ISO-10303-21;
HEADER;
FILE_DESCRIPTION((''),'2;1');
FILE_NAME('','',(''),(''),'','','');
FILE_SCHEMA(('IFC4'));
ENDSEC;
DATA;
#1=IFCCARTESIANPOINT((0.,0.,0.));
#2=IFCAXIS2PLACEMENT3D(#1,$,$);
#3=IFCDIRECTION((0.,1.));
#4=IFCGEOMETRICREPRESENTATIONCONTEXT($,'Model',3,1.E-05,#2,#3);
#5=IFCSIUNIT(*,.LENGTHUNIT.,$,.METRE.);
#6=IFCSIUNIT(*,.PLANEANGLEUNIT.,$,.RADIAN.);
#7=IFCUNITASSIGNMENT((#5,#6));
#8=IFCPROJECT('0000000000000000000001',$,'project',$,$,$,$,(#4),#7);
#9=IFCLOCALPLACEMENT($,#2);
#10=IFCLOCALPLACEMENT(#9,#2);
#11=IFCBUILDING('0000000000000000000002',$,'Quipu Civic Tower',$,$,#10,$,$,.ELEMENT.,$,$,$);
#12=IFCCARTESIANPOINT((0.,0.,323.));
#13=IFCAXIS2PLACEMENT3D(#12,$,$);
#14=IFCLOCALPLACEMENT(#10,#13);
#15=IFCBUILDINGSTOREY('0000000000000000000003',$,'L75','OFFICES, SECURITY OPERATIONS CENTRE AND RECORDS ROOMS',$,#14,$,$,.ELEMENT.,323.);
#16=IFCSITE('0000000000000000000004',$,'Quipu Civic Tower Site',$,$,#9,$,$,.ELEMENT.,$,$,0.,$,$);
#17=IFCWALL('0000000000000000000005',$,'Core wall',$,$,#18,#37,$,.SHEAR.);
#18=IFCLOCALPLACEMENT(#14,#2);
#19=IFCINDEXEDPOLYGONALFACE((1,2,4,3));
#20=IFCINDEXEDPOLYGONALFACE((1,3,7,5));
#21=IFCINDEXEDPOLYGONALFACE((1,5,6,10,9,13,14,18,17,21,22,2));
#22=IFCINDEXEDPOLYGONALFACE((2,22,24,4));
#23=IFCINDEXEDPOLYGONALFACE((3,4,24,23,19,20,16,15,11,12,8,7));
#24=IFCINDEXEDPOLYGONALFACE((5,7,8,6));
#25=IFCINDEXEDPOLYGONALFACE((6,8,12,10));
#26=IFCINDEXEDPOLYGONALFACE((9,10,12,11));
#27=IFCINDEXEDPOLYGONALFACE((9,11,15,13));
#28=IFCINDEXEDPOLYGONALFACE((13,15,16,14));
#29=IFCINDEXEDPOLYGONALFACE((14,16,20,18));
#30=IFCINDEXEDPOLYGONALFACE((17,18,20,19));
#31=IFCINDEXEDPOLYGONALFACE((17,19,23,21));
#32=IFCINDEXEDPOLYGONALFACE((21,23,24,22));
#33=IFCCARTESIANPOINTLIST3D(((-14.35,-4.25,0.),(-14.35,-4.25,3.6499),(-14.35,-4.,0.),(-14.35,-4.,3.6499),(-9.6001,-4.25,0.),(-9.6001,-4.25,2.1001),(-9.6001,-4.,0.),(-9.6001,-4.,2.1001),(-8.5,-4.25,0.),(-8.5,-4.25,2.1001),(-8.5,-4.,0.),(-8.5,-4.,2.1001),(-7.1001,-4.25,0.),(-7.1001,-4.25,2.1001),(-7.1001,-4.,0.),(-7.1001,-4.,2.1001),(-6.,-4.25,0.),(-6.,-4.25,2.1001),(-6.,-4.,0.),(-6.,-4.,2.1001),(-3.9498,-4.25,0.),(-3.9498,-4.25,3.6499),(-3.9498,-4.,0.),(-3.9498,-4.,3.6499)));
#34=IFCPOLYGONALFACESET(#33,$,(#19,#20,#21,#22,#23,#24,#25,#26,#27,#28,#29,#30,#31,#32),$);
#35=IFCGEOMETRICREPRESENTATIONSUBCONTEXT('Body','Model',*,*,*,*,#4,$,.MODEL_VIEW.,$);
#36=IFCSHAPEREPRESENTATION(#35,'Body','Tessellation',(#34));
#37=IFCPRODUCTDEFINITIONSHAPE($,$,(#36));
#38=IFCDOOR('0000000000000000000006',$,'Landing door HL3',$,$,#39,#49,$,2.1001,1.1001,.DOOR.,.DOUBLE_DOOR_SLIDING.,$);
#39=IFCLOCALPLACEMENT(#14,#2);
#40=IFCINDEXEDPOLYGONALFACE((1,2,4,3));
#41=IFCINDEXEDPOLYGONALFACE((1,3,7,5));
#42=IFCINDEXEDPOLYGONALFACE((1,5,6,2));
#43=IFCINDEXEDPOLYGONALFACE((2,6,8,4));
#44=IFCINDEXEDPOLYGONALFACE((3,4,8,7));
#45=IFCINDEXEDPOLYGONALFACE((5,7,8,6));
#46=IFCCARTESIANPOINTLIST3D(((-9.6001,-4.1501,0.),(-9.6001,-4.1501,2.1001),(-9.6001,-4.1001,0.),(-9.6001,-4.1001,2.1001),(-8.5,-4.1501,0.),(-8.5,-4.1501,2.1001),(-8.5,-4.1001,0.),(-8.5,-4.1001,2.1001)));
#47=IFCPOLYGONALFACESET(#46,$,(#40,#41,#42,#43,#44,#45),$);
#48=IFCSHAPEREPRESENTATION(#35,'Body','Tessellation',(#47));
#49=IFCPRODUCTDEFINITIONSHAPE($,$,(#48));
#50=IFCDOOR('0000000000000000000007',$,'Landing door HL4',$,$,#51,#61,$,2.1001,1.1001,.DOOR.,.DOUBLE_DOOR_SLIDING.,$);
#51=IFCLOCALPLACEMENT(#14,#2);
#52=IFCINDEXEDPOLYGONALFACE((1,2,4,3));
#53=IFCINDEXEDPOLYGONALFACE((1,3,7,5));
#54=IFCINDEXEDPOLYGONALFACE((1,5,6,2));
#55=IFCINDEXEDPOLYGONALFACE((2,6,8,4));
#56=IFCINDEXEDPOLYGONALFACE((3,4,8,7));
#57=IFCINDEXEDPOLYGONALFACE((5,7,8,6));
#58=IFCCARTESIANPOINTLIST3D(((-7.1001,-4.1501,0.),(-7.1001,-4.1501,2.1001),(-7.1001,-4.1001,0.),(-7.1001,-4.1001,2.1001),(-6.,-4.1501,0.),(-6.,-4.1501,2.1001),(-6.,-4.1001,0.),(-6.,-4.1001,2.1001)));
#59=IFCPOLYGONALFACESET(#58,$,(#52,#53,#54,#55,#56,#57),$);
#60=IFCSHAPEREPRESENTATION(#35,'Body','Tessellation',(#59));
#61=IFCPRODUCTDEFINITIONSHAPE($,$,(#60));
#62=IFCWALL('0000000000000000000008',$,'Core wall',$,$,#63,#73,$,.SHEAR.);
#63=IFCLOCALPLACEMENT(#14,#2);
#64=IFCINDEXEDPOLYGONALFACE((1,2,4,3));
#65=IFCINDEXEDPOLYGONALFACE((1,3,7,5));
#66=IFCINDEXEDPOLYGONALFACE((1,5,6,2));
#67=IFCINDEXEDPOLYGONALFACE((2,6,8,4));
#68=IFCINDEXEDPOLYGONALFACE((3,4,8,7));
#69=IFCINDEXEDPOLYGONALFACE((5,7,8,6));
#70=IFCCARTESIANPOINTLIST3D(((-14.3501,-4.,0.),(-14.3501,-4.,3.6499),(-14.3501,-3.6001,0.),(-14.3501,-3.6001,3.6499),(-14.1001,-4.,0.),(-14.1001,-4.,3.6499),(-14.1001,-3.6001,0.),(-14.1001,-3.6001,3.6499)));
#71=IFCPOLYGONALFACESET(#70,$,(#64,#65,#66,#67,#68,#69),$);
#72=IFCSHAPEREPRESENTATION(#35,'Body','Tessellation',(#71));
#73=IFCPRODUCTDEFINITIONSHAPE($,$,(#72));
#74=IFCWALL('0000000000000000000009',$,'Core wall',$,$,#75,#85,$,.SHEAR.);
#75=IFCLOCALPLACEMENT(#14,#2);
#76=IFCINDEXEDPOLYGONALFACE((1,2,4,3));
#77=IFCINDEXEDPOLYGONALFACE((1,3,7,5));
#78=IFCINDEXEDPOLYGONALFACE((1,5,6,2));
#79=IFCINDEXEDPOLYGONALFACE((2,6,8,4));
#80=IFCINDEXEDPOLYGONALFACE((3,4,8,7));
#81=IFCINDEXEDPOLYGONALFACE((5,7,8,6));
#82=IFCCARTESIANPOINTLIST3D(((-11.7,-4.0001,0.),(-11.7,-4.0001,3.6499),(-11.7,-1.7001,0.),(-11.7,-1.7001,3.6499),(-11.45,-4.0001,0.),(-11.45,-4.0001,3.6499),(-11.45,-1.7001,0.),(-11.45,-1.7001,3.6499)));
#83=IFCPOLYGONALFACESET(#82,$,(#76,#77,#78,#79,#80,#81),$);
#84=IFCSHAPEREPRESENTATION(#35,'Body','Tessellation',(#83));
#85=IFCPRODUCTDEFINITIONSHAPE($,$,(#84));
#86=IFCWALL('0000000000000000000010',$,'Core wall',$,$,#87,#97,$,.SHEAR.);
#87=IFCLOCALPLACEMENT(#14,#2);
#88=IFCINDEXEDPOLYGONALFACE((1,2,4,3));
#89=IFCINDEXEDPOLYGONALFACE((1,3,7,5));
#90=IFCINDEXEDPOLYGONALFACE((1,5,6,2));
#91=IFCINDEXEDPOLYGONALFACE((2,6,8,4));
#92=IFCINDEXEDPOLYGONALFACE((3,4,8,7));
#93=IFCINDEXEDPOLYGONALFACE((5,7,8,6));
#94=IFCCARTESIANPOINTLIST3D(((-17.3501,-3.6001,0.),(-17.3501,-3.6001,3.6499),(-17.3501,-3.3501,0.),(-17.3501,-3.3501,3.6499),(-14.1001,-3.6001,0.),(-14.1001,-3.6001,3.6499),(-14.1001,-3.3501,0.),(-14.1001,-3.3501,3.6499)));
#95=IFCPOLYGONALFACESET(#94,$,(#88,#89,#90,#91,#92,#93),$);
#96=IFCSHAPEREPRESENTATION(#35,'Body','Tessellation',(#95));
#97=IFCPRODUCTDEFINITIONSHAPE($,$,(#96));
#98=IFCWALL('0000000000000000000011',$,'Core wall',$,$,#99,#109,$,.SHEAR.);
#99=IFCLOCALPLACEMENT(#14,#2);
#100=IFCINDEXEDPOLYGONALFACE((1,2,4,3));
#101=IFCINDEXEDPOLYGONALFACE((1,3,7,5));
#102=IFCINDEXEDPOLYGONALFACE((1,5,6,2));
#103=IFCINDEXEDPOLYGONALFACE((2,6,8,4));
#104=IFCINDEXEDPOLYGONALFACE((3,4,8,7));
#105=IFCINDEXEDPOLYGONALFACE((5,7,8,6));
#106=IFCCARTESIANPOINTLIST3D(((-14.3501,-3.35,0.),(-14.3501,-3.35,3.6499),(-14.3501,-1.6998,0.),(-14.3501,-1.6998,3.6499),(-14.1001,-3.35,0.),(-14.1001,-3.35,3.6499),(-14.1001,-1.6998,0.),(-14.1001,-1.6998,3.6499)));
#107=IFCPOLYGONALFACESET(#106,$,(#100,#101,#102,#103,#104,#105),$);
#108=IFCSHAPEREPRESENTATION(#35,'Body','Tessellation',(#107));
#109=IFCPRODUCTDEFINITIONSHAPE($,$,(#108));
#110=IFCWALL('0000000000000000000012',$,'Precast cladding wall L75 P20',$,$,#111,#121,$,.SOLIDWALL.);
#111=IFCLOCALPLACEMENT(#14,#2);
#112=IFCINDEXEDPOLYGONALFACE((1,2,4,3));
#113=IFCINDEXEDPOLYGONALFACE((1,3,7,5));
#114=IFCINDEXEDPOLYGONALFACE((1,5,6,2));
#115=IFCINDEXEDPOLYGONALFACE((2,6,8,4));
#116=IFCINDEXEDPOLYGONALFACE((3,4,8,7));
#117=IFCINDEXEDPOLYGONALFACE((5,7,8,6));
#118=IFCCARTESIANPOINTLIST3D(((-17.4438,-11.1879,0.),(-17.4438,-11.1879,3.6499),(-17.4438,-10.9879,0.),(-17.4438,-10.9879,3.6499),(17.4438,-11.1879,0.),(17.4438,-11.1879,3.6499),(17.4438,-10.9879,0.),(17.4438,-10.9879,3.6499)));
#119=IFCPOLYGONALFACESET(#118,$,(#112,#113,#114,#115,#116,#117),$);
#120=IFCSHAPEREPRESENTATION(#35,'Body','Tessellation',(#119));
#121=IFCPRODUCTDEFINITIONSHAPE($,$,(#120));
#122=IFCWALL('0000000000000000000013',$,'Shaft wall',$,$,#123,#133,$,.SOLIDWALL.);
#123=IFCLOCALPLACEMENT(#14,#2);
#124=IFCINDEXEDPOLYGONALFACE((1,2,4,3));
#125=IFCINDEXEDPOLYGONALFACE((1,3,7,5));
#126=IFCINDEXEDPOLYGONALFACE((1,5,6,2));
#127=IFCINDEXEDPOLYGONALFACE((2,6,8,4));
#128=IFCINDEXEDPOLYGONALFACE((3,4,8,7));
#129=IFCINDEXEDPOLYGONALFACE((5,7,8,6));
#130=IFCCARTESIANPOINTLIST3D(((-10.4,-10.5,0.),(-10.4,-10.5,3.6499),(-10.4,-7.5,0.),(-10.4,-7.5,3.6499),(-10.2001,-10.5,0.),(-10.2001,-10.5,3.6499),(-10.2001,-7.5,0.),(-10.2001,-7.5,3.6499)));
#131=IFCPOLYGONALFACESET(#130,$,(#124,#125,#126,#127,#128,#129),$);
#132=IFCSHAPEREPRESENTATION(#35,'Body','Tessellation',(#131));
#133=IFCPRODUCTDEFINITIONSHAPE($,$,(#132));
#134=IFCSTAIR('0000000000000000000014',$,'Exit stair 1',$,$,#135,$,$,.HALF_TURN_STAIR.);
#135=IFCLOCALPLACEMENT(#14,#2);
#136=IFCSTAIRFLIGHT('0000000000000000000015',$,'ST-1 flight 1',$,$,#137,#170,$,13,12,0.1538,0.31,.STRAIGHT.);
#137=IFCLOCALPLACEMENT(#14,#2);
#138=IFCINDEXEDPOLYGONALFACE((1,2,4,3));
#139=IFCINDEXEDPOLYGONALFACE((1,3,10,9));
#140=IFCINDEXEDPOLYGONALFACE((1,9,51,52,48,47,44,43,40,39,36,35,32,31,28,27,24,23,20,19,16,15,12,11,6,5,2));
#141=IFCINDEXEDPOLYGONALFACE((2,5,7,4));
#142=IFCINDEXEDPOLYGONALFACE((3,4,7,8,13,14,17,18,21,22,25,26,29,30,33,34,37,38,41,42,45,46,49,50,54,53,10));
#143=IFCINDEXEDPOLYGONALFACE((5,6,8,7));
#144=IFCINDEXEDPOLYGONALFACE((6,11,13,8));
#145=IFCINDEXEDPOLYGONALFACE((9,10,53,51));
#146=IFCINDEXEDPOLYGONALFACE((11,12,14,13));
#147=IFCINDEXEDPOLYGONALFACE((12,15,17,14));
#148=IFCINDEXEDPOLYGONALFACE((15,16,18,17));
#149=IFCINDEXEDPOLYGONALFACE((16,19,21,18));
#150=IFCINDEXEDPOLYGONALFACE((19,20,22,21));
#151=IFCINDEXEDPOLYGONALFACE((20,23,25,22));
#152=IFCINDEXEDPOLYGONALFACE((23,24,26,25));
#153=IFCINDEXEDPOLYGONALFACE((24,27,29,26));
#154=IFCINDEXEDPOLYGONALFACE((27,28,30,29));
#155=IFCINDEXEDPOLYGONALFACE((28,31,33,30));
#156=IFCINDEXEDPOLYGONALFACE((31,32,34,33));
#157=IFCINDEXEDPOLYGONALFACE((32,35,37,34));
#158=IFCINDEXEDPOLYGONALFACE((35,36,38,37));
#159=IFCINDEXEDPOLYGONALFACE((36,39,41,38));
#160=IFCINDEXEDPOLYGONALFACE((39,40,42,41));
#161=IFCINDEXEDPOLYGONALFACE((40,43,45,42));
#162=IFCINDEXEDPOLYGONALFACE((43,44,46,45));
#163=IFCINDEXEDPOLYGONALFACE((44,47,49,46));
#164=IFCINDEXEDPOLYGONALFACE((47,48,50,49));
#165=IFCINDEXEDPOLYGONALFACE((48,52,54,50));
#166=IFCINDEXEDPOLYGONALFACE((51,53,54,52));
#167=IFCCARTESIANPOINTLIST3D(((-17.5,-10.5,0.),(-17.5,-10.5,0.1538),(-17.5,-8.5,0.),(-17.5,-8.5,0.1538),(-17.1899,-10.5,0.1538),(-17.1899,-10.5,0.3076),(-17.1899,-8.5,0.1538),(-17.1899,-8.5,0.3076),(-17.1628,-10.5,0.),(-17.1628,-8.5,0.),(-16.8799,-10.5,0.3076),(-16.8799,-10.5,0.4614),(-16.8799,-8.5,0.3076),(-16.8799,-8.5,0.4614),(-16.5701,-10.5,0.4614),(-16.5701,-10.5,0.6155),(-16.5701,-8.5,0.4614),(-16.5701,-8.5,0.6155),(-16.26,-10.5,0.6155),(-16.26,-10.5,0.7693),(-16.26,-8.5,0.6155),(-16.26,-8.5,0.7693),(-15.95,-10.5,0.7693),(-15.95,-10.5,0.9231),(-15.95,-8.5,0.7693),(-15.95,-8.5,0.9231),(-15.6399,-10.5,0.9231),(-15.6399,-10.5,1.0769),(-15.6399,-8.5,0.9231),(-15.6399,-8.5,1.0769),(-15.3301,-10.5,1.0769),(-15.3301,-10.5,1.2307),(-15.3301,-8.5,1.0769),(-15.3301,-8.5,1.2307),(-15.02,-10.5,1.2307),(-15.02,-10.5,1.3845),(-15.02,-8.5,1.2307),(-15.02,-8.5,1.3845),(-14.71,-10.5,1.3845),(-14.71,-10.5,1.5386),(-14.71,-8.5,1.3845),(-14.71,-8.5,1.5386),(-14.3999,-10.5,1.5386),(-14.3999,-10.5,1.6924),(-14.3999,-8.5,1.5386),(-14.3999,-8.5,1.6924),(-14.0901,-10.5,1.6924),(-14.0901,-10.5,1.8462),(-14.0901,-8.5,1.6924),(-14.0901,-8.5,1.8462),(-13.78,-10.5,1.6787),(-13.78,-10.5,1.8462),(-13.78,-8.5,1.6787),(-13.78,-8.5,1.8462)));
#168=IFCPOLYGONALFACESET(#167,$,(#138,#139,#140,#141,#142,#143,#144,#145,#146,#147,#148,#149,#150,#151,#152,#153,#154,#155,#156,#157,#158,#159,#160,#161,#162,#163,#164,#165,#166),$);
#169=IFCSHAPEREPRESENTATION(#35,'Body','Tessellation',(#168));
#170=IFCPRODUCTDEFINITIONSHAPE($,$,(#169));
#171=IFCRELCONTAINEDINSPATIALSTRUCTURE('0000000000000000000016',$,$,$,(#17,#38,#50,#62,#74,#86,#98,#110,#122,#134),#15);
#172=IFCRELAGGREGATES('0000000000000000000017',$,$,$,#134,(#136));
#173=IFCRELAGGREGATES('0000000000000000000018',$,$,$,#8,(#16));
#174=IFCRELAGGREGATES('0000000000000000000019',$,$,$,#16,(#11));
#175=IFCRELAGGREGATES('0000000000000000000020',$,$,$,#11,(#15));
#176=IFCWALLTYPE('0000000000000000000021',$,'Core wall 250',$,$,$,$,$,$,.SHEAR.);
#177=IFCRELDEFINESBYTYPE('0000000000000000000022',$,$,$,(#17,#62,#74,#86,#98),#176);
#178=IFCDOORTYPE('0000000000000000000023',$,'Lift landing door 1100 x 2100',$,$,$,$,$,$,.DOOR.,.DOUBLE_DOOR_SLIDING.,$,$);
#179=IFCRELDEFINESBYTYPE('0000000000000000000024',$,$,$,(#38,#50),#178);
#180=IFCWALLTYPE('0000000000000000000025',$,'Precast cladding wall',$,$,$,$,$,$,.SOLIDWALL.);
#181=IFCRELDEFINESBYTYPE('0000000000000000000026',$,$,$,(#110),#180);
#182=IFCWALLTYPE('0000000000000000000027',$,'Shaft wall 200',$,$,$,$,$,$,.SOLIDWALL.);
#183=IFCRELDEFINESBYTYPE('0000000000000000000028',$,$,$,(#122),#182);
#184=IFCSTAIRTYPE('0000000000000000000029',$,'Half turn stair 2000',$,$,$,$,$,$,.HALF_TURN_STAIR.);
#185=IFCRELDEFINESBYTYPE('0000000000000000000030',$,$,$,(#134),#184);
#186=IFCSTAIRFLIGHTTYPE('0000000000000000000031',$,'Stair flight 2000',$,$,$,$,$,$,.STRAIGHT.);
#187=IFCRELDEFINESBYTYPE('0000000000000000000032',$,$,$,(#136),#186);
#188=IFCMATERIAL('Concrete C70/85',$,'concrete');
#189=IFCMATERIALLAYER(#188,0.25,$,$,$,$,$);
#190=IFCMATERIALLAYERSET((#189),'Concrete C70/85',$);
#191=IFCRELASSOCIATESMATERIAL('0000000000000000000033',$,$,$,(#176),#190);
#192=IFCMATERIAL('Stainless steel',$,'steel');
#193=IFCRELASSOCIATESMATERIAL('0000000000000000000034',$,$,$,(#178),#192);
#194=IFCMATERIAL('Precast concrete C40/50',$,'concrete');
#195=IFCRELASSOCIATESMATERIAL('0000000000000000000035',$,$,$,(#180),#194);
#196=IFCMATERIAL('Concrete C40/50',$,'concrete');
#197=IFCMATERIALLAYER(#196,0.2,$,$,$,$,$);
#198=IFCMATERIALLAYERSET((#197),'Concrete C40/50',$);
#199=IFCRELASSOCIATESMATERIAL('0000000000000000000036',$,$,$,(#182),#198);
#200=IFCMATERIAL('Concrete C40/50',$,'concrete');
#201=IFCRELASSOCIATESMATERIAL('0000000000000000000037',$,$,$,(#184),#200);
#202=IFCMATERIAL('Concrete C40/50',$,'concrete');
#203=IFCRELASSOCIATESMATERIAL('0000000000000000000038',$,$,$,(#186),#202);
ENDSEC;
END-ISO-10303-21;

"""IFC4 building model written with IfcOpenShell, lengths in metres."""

from ifc_helpers import new_model, si_unit, direction, frame, frame_2d, origin, place, context, subcontext, project, spatial, polyline, rectangle, outline, extrude, material, layer, layer_set, type_object, element, fill, aggregate, save


model = new_model("IFC4")

# Units and contexts
model_context = context("Model", 3, precision=1e-05, world=origin(), true_north=direction((0.0, 1.0)))
body_context = subcontext(model_context, "Body", "Model", "MODEL_VIEW")
ifc_project = project(units=[si_unit("LENGTHUNIT", "METRE"), si_unit("PLANEANGLEUNIT", "RADIAN")], contexts=[model_context])

# Site, building, storey
site_placement = place(None, origin())
site = spatial("IfcSite", under=ifc_project, at=site_placement, Name="Quipu Civic Tower Site", CompositionType="ELEMENT", RefElevation=0.0)
building_placement = place(site_placement, origin())
building = spatial("IfcBuilding", under=site, at=building_placement, Name="Quipu Civic Tower", CompositionType="ELEMENT")
storey_placement = place(building_placement, frame((0.0, 0.0, 323.0)))
storey = spatial("IfcBuildingStorey", under=building, at=storey_placement, Name="L75", Description="OFFICES, SECURITY OPERATIONS CENTRE AND RECORDS ROOMS", CompositionType="ELEMENT", Elevation=323.0)

# Shared definitions
ifc_material_1 = material(Name="Concrete C70/85", Category="concrete")
ifc_layer_1 = layer(ifc_material_1, 0.25)
ifc_layer_set_1 = layer_set([ifc_layer_1], Name="Concrete C70/85")
wall_type_1 = type_object("IfcWallType", Name="Core wall 250", PredefinedType="SHEAR", material=ifc_layer_set_1)

# Wall, openings, doors
wall_1_placement = place(storey_placement, frame((-14.3501, -4.125, 0.0), z_axis=(0.0, 0.0, 1.0), x_axis=(1.0, 0.0, 0.0)))
wall_1 = element("IfcWall", 1, at=wall_1_placement, inside=storey, type_object=wall_type_1, Name="Core wall", PredefinedType="SHEAR", context=body_context, shape_type="SweptSolid", body=[
    extrude(rectangle(XDim=10.4001, YDim=0.25, at=frame_2d((5.2002, 0.0))), origin(), (0.0, 0.0, 1.0), 3.6499),
])
opening_1_placement = place(wall_1_placement, frame((4.75, 0.0, 0.0)))
opening_1 = element("IfcOpeningElement", 2, at=opening_1_placement, cuts=wall_1, PredefinedType="OPENING", context=body_context, shape_type="SweptSolid", body=[
    extrude(rectangle(XDim=1.1001, YDim=2.1001, at=frame_2d((0.55, 1.05))), frame((0.0, 0.135, 0.0), z_axis=(0.0, -1.0, 0.0), x_axis=(1.0, 0.0, 0.0)), (0.0, 0.0, 1.0), 0.27),
])
opening_2_placement = place(wall_1_placement, frame((7.25, 0.0, 0.0)))
opening_2 = element("IfcOpeningElement", 3, at=opening_2_placement, cuts=wall_1, PredefinedType="OPENING", context=body_context, shape_type="SweptSolid", body=[
    extrude(rectangle(XDim=1.1001, YDim=2.1001, at=frame_2d((0.55, 1.05))), frame((0.0, 0.135, 0.0), z_axis=(0.0, -1.0, 0.0), x_axis=(1.0, 0.0, 0.0)), (0.0, 0.0, 1.0), 0.27),
])
ifc_material_2 = material(Name="Stainless steel", Category="steel")
door_type_1 = type_object("IfcDoorType", Name="Lift landing door 1100 x 2100", OperationType="DOUBLE_DOOR_SLIDING", PredefinedType="DOOR", material=ifc_material_2)
door_1_placement = place(opening_1_placement, origin())
door_1 = element("IfcDoor", 4, at=door_1_placement, inside=storey, type_object=door_type_1, Name="Landing door HL3", OperationType="DOUBLE_DOOR_SLIDING", OverallHeight=2.1001, OverallWidth=1.1001, PredefinedType="DOOR", context=body_context, shape_type="SweptSolid", body=[
    extrude(rectangle(XDim=1.1001, YDim=2.1001, at=frame_2d((0.55, 1.05))), frame((0.0, 0.0249, 0.0), z_axis=(0.0, -1.0, 0.0), x_axis=(1.0, 0.0, 0.0)), (0.0, 0.0, 1.0), 0.05),
])
fill(opening_1, door_1)
door_2_placement = place(opening_2_placement, origin())
door_2 = element("IfcDoor", 5, at=door_2_placement, inside=storey, type_object=door_type_1, Name="Landing door HL4", OperationType="DOUBLE_DOOR_SLIDING", OverallHeight=2.1001, OverallWidth=1.1001, PredefinedType="DOOR", context=body_context, shape_type="SweptSolid", body=[
    extrude(rectangle(XDim=1.1001, YDim=2.1001, at=frame_2d((0.55, 1.05))), frame((0.0, 0.0249, 0.0), z_axis=(0.0, -1.0, 0.0), x_axis=(1.0, 0.0, 0.0)), (0.0, 0.0, 1.0), 0.05),
])
fill(opening_2, door_2)

# Walls
wall_2_placement = place(storey_placement, frame((-14.2251, -4.0, 0.0), z_axis=(0.0, 0.0, 1.0), x_axis=(0.0, 1.0, 0.0)))
element("IfcWall", 6, at=wall_2_placement, inside=storey, type_object=wall_type_1, Name="Core wall", PredefinedType="SHEAR", context=body_context, shape_type="SweptSolid", body=[
    extrude(rectangle(XDim=0.3999, YDim=0.25, at=frame_2d((0.2, 0.0))), origin(), (0.0, 0.0, 1.0), 3.6499),
])
wall_3_placement = place(storey_placement, frame((-11.575, -4.0, 0.0), z_axis=(0.0, 0.0, 1.0), x_axis=(0.0, 1.0, 0.0)))
element("IfcWall", 7, at=wall_3_placement, inside=storey, type_object=wall_type_1, Name="Core wall", PredefinedType="SHEAR", context=body_context, shape_type="SweptSolid", body=[
    extrude(rectangle(XDim=2.3, YDim=0.25, at=frame_2d((1.1499, 0.0))), origin(), (0.0, 0.0, 1.0), 3.6499),
])
wall_4_placement = place(storey_placement, frame((-17.3501, -3.4751, 0.0), z_axis=(0.0, 0.0, 1.0), x_axis=(1.0, 0.0, 0.0)))
element("IfcWall", 8, at=wall_4_placement, inside=storey, type_object=wall_type_1, Name="Core wall", PredefinedType="SHEAR", context=body_context, shape_type="SweptSolid", body=[
    extrude(rectangle(XDim=3.25, YDim=0.25, at=frame_2d((1.625, 0.0))), origin(), (0.0, 0.0, 1.0), 3.6499),
])
wall_5_placement = place(storey_placement, frame((-14.2251, -3.3501, 0.0), z_axis=(0.0, 0.0, 1.0), x_axis=(0.0, 1.0, 0.0)))
element("IfcWall", 9, at=wall_5_placement, inside=storey, type_object=wall_type_1, Name="Core wall", PredefinedType="SHEAR", context=body_context, shape_type="SweptSolid", body=[
    extrude(rectangle(XDim=1.6501, YDim=0.25, at=frame_2d((0.8252, 0.0))), origin(), (0.0, 0.0, 1.0), 3.6499),
])
ifc_material_3 = material(Name="Precast concrete C40/50", Category="concrete")
wall_type_2 = type_object("IfcWallType", Name="Precast cladding wall", PredefinedType="SOLIDWALL", material=ifc_material_3)
wall_6_placement = place(storey_placement, frame((-17.4438, -11.0879, 0.0), z_axis=(0.0, 0.0, 1.0), x_axis=(1.0, 0.0, 0.0)))
element("IfcWall", 10, at=wall_6_placement, inside=storey, type_object=wall_type_2, Name="Precast cladding wall L75 P20", PredefinedType="SOLIDWALL", context=body_context, shape_type="SweptSolid", body=[
    extrude(rectangle(XDim=34.8877, YDim=0.2, at=frame_2d((17.4438, 0.0))), origin(), (0.0, 0.0, 1.0), 3.6499),
])
ifc_material_4 = material(Name="Concrete C40/50", Category="concrete")
ifc_layer_2 = layer(ifc_material_4, 0.2)
ifc_layer_set_2 = layer_set([ifc_layer_2], Name="Concrete C40/50")
wall_type_3 = type_object("IfcWallType", Name="Shaft wall 200", PredefinedType="SOLIDWALL", material=ifc_layer_set_2)
wall_7_placement = place(storey_placement, frame((-10.3, -10.5, 0.0), z_axis=(0.0, 0.0, 1.0), x_axis=(0.0, 1.0, 0.0)))
element("IfcWall", 11, at=wall_7_placement, inside=storey, type_object=wall_type_3, Name="Shaft wall", PredefinedType="SOLIDWALL", context=body_context, shape_type="SweptSolid", body=[
    extrude(rectangle(XDim=3.0, YDim=0.2, at=frame_2d((1.5, 0.0))), origin(), (0.0, 0.0, 1.0), 3.6499),
])

# Stair, stair flight
ifc_material_5 = material(Name="Concrete C40/50", Category="concrete")
stair_type = type_object("IfcStairType", Name="Half turn stair 2000", PredefinedType="HALF_TURN_STAIR", material=ifc_material_5)
stair_placement = place(storey_placement, origin())
stair = element("IfcStair", 12, at=stair_placement, inside=storey, type_object=stair_type, Name="Exit stair 1", PredefinedType="HALF_TURN_STAIR")
ifc_material_6 = material(Name="Concrete C40/50", Category="concrete")
stair_flight_type = type_object("IfcStairFlightType", Name="Stair flight 2000", PredefinedType="STRAIGHT", material=ifc_material_6)
stair_flight_1_placement = place(storey_placement, frame((-17.5, -9.5, 0.0), z_axis=(0.0, 0.0, 1.0), x_axis=(1.0, 0.0, 0.0)))
stair_flight_1 = element("IfcStairFlight", 13, at=stair_flight_1_placement, type_object=stair_flight_type, Name="ST-1 flight 1", NumberOfRisers=13, NumberOfTreads=12, PredefinedType="STRAIGHT", RiserHeight=0.1538, TreadLength=0.31, context=body_context, shape_type="SweptSolid", body=[
    extrude(outline(polyline([(0.0, 0.0), (0.0, 0.1538), (0.3101, 0.1538), (0.3101, 0.3076), (0.6201, 0.3076), (0.6201, 0.4614), (0.9299, 0.4614), (0.9299, 0.6155), (1.24, 0.6155), (1.24, 0.7693), (1.55, 0.7693), (1.55, 0.9231), (1.8601, 0.9231), (1.8601, 1.0769), (2.1699, 1.0769), (2.1699, 1.2307), (2.48, 1.2307), (2.48, 1.3845), (2.79, 1.3845), (2.79, 1.5386), (3.1001, 1.5386), (3.1001, 1.6924), (3.4099, 1.6924), (3.4099, 1.8462), (3.72, 1.8462), (3.72, 2.0), (3.72, 1.6787), (0.3372, 0.0), (0.0, 0.0)])), frame((0.0, 1.0, 0.0), z_axis=(0.0, -1.0, 0.0), x_axis=(1.0, 0.0, 0.0)), (0.0, 0.0, 1.0), 2.0),
])
aggregate(stair, [stair_flight_1])

save(model, "model.ifc")
